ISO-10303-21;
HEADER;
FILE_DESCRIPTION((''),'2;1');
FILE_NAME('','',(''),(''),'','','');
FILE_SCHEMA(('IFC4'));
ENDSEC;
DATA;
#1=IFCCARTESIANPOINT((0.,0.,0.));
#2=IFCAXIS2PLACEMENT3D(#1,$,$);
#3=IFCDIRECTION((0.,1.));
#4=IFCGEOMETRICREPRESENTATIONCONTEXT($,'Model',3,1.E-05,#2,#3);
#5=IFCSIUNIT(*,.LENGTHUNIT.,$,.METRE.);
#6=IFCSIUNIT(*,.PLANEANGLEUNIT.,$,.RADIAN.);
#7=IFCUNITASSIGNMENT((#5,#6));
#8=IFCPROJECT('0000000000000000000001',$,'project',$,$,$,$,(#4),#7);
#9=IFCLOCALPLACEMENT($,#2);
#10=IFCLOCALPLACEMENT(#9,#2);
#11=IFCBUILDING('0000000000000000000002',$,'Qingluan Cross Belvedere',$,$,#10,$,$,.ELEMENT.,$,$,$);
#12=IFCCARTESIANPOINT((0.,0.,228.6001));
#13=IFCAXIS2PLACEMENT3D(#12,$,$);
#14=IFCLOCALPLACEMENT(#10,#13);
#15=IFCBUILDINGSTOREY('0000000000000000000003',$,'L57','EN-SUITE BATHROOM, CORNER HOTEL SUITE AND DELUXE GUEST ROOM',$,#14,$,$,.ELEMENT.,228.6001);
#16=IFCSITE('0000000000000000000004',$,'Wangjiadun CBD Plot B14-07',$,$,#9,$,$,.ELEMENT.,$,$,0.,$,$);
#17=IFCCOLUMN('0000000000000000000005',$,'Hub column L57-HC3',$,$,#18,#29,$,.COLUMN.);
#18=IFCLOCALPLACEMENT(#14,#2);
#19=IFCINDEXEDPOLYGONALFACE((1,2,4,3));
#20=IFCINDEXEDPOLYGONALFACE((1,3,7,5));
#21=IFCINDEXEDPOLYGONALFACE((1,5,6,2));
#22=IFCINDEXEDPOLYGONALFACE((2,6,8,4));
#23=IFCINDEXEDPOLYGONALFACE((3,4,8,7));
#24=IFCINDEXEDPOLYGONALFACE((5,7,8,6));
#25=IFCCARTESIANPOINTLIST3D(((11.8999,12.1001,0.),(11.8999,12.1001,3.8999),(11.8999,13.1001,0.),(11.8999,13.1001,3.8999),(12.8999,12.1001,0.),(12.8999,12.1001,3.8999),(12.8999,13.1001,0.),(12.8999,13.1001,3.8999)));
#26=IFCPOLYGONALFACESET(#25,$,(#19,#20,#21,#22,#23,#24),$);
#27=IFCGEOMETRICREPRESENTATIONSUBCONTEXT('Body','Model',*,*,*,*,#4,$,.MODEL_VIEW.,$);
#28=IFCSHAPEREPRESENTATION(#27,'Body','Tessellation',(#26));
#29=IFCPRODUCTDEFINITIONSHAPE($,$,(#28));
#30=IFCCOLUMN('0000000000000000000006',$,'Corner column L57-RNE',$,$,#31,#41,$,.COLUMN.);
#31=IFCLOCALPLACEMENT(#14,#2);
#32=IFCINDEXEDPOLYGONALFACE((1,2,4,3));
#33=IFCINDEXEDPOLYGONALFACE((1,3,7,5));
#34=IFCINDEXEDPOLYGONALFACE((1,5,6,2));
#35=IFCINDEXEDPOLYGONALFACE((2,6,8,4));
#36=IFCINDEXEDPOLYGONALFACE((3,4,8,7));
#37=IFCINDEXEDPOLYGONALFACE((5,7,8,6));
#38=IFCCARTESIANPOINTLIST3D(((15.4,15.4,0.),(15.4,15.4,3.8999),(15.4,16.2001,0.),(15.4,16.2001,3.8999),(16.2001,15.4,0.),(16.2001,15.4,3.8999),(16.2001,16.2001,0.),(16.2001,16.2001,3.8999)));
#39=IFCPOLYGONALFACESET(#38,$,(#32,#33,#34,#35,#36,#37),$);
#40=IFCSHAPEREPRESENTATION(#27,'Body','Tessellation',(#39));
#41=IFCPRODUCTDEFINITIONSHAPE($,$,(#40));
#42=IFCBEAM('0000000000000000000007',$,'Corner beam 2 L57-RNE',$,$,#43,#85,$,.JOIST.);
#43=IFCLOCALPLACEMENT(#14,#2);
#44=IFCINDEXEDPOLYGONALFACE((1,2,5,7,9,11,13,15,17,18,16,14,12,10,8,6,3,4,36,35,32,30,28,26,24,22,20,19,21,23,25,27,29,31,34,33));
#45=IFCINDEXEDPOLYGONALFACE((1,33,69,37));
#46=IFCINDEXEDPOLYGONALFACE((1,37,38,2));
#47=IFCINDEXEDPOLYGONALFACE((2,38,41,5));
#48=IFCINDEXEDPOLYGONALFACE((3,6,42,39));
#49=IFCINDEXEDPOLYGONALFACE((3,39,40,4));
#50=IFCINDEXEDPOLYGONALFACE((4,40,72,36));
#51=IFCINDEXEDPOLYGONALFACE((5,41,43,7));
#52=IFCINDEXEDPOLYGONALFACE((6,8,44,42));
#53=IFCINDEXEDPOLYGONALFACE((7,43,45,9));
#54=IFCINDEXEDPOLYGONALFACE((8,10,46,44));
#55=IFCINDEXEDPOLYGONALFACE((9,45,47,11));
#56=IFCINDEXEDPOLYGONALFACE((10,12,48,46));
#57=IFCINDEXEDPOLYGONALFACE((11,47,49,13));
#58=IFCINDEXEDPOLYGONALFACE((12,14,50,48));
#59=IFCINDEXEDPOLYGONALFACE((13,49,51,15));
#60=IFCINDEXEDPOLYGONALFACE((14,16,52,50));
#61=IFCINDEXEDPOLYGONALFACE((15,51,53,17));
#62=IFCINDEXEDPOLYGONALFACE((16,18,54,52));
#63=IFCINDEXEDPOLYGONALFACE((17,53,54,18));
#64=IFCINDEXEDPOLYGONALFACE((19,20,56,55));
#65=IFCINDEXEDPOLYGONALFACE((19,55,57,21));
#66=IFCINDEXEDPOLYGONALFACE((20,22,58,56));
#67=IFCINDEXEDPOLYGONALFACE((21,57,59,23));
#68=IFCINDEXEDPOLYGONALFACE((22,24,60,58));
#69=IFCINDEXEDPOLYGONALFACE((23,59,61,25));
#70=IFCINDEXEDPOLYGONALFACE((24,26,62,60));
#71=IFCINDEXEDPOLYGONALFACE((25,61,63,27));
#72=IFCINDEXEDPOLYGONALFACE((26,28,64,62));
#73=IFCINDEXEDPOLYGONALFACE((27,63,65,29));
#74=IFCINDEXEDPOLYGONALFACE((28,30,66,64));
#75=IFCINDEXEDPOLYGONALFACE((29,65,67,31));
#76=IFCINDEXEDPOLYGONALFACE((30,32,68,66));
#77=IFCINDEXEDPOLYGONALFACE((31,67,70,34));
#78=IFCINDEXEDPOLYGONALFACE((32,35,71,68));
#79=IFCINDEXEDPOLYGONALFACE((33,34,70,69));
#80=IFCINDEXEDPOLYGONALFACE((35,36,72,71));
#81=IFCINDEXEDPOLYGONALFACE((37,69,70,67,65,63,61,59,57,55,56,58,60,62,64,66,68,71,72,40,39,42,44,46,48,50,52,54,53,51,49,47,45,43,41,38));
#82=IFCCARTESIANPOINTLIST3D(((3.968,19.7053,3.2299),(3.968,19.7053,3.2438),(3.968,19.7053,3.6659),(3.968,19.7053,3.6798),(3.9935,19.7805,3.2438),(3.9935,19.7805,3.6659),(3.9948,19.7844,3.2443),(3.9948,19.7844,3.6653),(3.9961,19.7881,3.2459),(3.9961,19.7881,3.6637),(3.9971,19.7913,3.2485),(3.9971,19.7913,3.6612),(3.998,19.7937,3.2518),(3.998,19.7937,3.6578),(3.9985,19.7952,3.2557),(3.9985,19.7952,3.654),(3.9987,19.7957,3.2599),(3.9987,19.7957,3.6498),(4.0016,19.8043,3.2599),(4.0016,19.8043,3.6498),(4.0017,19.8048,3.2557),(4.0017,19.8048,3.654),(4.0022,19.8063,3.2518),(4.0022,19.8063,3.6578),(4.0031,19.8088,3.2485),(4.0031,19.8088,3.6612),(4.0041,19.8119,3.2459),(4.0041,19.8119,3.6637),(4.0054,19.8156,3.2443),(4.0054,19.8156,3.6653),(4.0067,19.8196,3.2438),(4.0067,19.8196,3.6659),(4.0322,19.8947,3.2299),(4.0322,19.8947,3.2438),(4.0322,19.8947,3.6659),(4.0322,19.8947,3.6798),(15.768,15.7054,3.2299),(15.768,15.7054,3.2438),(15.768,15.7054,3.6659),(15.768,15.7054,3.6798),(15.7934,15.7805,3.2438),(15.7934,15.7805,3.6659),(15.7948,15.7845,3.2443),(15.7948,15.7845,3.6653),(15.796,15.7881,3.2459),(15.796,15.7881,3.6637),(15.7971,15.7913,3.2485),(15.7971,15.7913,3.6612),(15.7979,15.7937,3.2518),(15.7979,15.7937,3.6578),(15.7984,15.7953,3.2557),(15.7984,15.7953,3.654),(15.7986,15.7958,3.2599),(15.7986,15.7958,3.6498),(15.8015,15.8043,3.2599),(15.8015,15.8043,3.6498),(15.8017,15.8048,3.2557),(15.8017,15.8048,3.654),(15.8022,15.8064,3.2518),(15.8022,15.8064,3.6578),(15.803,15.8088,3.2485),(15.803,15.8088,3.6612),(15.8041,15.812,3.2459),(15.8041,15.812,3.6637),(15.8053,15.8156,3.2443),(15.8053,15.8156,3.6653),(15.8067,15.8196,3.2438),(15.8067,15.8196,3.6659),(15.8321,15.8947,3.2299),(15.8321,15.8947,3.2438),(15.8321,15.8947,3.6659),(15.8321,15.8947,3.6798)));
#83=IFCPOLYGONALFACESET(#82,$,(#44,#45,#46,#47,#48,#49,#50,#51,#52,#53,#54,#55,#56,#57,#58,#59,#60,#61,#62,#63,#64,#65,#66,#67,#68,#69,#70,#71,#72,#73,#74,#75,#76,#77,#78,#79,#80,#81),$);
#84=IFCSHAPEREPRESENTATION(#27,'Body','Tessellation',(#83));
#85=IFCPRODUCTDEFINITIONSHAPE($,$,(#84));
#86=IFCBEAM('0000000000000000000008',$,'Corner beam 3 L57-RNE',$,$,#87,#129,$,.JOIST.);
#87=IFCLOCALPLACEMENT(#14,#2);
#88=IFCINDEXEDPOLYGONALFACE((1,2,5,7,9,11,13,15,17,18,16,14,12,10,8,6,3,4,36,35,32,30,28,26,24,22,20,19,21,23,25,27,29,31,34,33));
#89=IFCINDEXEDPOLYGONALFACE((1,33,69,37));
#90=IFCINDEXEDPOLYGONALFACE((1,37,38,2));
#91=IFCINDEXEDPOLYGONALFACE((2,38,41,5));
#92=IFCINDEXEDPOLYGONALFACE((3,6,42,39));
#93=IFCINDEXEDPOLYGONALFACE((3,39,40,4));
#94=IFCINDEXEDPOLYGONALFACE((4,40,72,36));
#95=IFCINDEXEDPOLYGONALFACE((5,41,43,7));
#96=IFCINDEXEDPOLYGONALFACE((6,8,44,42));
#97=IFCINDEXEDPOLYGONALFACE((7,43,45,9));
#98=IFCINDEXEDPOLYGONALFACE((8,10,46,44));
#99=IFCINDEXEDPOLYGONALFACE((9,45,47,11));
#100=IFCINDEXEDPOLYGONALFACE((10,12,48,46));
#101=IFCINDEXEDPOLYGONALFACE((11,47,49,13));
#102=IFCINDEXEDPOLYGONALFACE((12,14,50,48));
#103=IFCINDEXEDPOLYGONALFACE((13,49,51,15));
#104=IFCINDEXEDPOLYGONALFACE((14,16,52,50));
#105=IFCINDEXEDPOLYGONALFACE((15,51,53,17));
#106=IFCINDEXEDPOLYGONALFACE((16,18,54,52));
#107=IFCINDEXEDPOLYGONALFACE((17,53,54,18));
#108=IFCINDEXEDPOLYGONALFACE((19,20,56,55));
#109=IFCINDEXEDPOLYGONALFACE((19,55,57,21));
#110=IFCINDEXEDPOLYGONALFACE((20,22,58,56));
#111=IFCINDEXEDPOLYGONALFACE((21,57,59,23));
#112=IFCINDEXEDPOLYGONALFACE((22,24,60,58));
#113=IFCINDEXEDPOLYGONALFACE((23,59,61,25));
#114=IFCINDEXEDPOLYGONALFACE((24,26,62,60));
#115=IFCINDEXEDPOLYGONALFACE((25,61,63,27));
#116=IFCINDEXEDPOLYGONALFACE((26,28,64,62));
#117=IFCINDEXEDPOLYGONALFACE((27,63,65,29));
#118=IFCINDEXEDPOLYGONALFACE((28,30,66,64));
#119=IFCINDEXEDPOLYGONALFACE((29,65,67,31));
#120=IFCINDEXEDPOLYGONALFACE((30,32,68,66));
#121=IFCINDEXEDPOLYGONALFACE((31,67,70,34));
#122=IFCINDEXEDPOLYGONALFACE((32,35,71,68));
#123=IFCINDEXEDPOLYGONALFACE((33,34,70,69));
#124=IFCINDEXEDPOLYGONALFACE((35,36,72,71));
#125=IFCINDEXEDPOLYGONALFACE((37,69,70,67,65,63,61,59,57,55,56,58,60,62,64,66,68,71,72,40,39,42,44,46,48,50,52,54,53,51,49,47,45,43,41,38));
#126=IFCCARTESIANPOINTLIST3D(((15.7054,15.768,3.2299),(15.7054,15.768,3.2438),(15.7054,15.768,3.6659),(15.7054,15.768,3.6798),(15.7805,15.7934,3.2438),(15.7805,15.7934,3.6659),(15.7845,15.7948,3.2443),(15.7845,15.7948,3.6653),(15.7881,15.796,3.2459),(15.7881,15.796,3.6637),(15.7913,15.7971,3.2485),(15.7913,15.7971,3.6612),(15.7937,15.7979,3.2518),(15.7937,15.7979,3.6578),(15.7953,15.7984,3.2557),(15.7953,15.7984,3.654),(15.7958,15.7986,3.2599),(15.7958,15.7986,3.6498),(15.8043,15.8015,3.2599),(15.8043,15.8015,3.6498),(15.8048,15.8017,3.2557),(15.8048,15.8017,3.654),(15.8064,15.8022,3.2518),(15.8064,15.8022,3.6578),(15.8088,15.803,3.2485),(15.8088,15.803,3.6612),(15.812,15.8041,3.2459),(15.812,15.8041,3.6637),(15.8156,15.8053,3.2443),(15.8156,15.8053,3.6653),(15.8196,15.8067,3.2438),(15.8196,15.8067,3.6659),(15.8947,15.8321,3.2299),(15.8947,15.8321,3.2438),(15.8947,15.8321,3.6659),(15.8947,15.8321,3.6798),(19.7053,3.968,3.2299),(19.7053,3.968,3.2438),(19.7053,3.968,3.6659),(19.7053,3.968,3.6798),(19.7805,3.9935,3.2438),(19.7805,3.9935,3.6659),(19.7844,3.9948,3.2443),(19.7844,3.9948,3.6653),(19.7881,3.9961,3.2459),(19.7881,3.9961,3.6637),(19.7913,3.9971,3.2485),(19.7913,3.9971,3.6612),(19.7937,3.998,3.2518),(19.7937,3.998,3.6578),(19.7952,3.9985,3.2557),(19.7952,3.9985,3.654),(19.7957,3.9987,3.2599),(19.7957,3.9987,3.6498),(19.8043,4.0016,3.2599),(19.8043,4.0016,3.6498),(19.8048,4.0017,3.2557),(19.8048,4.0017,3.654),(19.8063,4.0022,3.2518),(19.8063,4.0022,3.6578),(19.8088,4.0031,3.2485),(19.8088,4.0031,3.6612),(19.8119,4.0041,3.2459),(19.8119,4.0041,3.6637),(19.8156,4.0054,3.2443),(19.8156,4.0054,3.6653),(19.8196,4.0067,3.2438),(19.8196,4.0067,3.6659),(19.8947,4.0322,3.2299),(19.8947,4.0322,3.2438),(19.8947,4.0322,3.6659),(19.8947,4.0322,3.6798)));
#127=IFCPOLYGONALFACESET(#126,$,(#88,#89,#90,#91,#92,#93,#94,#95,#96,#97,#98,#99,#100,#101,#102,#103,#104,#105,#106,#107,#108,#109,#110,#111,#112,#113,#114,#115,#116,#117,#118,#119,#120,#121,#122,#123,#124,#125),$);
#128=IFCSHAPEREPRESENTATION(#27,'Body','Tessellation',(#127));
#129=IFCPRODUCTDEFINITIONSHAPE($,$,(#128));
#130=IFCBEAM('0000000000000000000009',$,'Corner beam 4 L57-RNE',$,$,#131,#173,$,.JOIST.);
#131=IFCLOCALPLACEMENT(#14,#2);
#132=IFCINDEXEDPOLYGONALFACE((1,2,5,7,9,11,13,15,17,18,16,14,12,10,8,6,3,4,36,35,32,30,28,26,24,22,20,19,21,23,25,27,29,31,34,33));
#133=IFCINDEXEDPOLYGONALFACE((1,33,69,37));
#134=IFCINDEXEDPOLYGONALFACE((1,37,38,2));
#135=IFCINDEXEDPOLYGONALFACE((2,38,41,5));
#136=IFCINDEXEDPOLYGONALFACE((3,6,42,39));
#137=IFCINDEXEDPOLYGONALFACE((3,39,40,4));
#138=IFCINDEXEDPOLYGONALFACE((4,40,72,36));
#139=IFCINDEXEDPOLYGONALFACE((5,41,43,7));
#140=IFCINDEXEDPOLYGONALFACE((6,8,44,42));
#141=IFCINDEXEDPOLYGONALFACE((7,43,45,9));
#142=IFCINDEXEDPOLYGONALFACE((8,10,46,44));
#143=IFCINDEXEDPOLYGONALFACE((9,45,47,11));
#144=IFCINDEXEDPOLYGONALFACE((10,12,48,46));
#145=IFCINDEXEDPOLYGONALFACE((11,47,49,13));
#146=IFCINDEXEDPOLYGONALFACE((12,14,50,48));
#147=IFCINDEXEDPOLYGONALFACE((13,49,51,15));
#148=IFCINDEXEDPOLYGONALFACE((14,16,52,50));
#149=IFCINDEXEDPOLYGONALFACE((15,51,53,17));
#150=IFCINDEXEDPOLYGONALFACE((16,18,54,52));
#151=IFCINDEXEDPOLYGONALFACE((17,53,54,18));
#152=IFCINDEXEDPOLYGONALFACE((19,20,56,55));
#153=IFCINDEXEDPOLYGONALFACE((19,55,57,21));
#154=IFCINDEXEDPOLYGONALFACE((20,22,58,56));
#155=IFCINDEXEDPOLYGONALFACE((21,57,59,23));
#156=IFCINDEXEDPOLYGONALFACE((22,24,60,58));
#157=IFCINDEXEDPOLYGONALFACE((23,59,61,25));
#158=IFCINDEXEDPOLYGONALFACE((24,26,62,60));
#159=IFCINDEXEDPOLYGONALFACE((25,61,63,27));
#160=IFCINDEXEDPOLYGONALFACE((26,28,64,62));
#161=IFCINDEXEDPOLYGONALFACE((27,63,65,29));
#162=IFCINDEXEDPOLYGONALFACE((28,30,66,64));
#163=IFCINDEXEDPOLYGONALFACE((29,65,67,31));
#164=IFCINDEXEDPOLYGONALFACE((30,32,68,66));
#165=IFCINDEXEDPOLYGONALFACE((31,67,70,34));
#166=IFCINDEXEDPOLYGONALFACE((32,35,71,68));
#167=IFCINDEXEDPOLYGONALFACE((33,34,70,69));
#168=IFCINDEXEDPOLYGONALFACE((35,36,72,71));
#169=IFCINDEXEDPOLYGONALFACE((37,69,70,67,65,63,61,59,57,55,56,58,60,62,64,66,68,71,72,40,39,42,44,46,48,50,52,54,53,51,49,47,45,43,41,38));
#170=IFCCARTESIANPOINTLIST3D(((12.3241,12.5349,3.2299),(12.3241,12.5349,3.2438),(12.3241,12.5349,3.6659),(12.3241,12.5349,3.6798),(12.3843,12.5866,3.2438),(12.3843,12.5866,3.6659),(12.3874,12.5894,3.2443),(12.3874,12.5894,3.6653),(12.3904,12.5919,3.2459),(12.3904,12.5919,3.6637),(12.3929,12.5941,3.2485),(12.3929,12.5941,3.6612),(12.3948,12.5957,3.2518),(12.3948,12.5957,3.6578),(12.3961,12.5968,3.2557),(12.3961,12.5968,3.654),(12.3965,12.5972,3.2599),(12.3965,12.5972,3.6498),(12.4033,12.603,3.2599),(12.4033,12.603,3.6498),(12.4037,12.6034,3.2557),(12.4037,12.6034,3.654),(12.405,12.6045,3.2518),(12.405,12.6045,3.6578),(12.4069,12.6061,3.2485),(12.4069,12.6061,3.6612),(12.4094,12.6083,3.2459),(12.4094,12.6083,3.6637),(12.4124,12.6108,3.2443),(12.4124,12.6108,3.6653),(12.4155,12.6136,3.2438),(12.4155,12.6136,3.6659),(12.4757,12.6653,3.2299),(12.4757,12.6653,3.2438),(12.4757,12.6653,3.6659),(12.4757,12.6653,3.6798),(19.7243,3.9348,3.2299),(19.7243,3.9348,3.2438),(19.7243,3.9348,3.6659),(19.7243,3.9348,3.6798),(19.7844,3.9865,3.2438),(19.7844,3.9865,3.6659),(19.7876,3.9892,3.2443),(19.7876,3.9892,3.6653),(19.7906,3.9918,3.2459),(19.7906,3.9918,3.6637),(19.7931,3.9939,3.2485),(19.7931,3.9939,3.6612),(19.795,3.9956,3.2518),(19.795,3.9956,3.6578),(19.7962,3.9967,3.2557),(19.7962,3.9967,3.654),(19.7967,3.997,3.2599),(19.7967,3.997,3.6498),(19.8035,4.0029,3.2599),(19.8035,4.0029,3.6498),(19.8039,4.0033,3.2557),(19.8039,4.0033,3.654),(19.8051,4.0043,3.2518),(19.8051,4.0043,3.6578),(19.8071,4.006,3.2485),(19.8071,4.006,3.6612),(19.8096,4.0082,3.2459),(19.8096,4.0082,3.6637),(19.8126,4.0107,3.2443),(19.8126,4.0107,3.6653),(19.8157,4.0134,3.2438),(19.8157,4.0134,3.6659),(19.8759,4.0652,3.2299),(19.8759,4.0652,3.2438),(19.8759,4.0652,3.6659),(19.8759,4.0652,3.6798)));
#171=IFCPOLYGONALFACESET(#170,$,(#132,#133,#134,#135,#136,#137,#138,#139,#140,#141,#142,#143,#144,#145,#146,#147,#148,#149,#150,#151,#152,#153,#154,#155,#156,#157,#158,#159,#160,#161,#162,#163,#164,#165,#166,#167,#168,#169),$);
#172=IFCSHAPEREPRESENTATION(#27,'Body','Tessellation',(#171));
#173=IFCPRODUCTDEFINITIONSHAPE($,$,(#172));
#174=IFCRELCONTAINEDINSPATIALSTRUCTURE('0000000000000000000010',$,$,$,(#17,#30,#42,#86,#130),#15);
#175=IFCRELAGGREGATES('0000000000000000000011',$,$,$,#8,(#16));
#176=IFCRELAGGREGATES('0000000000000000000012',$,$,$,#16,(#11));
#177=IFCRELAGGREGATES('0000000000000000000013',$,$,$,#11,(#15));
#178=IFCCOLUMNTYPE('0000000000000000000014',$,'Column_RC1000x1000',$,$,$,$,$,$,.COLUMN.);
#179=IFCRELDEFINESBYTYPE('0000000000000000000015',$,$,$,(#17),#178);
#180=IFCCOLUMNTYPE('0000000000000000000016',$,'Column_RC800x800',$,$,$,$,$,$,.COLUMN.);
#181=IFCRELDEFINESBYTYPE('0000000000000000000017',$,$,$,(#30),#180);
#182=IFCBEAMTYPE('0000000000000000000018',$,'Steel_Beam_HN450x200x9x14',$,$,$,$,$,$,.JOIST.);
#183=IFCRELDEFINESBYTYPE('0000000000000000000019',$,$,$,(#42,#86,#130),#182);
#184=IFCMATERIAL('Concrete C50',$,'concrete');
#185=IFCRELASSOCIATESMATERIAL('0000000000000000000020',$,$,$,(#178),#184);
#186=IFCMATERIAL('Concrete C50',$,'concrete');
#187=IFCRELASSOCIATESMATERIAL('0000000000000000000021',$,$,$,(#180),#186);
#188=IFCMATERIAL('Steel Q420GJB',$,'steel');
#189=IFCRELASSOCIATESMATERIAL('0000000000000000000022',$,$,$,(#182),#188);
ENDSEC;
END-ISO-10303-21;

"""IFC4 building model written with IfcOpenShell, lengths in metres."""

from ifc_helpers import new_model, si_unit, direction, frame, origin, origin_2d, place, context, subcontext, project, spatial, rectangle, i_section, extrude, material, material_profile, profile_set, type_object, element, save


model = new_model("IFC4")

# Units and contexts
model_context = context("Model", 3, precision=1e-05, world=origin(), true_north=direction((0.0, 1.0)))
body_context = subcontext(model_context, "Body", "Model", "MODEL_VIEW")
ifc_project = project(units=[si_unit("LENGTHUNIT", "METRE"), si_unit("PLANEANGLEUNIT", "RADIAN")], contexts=[model_context])

# Site, building, storey
site_placement = place(None, origin())
site = spatial("IfcSite", under=ifc_project, at=site_placement, Name="Wangjiadun CBD Plot B14-07", CompositionType="ELEMENT", RefElevation=0.0)
building_placement = place(site_placement, origin())
building = spatial("IfcBuilding", under=site, at=building_placement, Name="Qingluan Cross Belvedere", CompositionType="ELEMENT")
storey_placement = place(building_placement, frame((0.0, 0.0, 228.6001)))
storey = spatial("IfcBuildingStorey", under=building, at=storey_placement, Name="L57", Description="EN-SUITE BATHROOM, CORNER HOTEL SUITE AND DELUXE GUEST ROOM", CompositionType="ELEMENT", Elevation=228.6001)

# Columns
ifc_material_1 = material(Name="Concrete C50", Category="concrete")
ifc_material_profile_1 = material_profile(ifc_material_1, rectangle(XDim=1.0, YDim=1.0, at=origin_2d()), Name="RC1000x1000")
ifc_profile_set_1 = profile_set([ifc_material_profile_1], Name="Concrete C50")
column_type_1 = type_object("IfcColumnType", Name="Column_RC1000x1000", PredefinedType="COLUMN", material=ifc_profile_set_1)
column_1_placement = place(storey_placement, frame((12.3999, 12.6001, 0.0), z_axis=(0.0, 0.0, 1.0), x_axis=(1.0, 0.0, 0.0)))
element("IfcColumn", 1, at=column_1_placement, inside=storey, type_object=column_type_1, Name="Hub column L57-HC3", PredefinedType="COLUMN", context=body_context, shape_type="SweptSolid", body=[
    extrude(rectangle(XDim=1.0, YDim=1.0, at=origin_2d()), origin(), (0.0, 0.0, 1.0), 3.8999),
])
ifc_material_2 = material(Name="Concrete C50", Category="concrete")
ifc_material_profile_2 = material_profile(ifc_material_2, rectangle(XDim=0.8, YDim=0.8, at=origin_2d()), Name="RC800x800")
ifc_profile_set_2 = profile_set([ifc_material_profile_2], Name="Concrete C50")
column_type_2 = type_object("IfcColumnType", Name="Column_RC800x800", PredefinedType="COLUMN", material=ifc_profile_set_2)
column_2_placement = place(storey_placement, frame((15.8, 15.8, 0.0), z_axis=(0.0, 0.0, 1.0), x_axis=(1.0, 0.0, 0.0)))
element("IfcColumn", 2, at=column_2_placement, inside=storey, type_object=column_type_2, Name="Corner column L57-RNE", PredefinedType="COLUMN", context=body_context, shape_type="SweptSolid", body=[
    extrude(rectangle(XDim=0.8, YDim=0.8, at=origin_2d()), origin(), (0.0, 0.0, 1.0), 3.8999),
])

# Beams
ifc_material_3 = material(Name="Steel Q420GJB", Category="steel")
ifc_material_profile_3 = material_profile(ifc_material_3, i_section(OverallWidth=0.2, OverallDepth=0.45, WebThickness=0.009, FlangeThickness=0.0139, FilletRadius=0.0161, at=origin_2d()), Name="HN450x200x9x14")
ifc_profile_set_3 = profile_set([ifc_material_profile_3], Name="Steel Q420GJB")
beam_type = type_object("IfcBeamType", Name="Steel_Beam_HN450x200x9x14", PredefinedType="JOIST", material=ifc_profile_set_3)
for number, where, z_axis, x_axis, name in (
    (3, (15.8, 15.8, 3.4548), (-0.947066, 0.321038, 0.0), (-0.321038, -0.947066, 0.0), "Corner beam 2 L57-RNE"),
    (4, (15.8, 15.8, 3.4548), (0.321038, -0.947066, 0.0), (0.947066, 0.321038, 0.0), "Corner beam 3 L57-RNE"),
):
    element("IfcBeam", number, at=place(storey_placement, frame(where, z_axis=z_axis, x_axis=x_axis)), inside=storey, type_object=beam_type, Name=name, PredefinedType="JOIST", context=body_context, shape_type="SweptSolid", body=[
        extrude(i_section(OverallWidth=0.2, OverallDepth=0.45, WebThickness=0.009, FlangeThickness=0.0139, FilletRadius=0.0161, at=origin_2d()), origin(), (0.0, 0.0, 1.0), 12.4595),
    ])
beam_1_placement = place(storey_placement, frame((12.3999, 12.6001, 3.4548), z_axis=(0.652245, -0.758008, 0.0), x_axis=(0.758008, 0.652245, 0.0)))
element("IfcBeam", 5, at=beam_1_placement, inside=storey, type_object=beam_type, Name="Corner beam 4 L57-RNE", PredefinedType="JOIST", context=body_context, shape_type="SweptSolid", body=[
    extrude(i_section(OverallWidth=0.2, OverallDepth=0.45, WebThickness=0.009, FlangeThickness=0.0139, FilletRadius=0.0161, at=origin_2d()), origin(), (0.0, 0.0, 1.0), 11.3457),
])

save(model, "model.ifc")
